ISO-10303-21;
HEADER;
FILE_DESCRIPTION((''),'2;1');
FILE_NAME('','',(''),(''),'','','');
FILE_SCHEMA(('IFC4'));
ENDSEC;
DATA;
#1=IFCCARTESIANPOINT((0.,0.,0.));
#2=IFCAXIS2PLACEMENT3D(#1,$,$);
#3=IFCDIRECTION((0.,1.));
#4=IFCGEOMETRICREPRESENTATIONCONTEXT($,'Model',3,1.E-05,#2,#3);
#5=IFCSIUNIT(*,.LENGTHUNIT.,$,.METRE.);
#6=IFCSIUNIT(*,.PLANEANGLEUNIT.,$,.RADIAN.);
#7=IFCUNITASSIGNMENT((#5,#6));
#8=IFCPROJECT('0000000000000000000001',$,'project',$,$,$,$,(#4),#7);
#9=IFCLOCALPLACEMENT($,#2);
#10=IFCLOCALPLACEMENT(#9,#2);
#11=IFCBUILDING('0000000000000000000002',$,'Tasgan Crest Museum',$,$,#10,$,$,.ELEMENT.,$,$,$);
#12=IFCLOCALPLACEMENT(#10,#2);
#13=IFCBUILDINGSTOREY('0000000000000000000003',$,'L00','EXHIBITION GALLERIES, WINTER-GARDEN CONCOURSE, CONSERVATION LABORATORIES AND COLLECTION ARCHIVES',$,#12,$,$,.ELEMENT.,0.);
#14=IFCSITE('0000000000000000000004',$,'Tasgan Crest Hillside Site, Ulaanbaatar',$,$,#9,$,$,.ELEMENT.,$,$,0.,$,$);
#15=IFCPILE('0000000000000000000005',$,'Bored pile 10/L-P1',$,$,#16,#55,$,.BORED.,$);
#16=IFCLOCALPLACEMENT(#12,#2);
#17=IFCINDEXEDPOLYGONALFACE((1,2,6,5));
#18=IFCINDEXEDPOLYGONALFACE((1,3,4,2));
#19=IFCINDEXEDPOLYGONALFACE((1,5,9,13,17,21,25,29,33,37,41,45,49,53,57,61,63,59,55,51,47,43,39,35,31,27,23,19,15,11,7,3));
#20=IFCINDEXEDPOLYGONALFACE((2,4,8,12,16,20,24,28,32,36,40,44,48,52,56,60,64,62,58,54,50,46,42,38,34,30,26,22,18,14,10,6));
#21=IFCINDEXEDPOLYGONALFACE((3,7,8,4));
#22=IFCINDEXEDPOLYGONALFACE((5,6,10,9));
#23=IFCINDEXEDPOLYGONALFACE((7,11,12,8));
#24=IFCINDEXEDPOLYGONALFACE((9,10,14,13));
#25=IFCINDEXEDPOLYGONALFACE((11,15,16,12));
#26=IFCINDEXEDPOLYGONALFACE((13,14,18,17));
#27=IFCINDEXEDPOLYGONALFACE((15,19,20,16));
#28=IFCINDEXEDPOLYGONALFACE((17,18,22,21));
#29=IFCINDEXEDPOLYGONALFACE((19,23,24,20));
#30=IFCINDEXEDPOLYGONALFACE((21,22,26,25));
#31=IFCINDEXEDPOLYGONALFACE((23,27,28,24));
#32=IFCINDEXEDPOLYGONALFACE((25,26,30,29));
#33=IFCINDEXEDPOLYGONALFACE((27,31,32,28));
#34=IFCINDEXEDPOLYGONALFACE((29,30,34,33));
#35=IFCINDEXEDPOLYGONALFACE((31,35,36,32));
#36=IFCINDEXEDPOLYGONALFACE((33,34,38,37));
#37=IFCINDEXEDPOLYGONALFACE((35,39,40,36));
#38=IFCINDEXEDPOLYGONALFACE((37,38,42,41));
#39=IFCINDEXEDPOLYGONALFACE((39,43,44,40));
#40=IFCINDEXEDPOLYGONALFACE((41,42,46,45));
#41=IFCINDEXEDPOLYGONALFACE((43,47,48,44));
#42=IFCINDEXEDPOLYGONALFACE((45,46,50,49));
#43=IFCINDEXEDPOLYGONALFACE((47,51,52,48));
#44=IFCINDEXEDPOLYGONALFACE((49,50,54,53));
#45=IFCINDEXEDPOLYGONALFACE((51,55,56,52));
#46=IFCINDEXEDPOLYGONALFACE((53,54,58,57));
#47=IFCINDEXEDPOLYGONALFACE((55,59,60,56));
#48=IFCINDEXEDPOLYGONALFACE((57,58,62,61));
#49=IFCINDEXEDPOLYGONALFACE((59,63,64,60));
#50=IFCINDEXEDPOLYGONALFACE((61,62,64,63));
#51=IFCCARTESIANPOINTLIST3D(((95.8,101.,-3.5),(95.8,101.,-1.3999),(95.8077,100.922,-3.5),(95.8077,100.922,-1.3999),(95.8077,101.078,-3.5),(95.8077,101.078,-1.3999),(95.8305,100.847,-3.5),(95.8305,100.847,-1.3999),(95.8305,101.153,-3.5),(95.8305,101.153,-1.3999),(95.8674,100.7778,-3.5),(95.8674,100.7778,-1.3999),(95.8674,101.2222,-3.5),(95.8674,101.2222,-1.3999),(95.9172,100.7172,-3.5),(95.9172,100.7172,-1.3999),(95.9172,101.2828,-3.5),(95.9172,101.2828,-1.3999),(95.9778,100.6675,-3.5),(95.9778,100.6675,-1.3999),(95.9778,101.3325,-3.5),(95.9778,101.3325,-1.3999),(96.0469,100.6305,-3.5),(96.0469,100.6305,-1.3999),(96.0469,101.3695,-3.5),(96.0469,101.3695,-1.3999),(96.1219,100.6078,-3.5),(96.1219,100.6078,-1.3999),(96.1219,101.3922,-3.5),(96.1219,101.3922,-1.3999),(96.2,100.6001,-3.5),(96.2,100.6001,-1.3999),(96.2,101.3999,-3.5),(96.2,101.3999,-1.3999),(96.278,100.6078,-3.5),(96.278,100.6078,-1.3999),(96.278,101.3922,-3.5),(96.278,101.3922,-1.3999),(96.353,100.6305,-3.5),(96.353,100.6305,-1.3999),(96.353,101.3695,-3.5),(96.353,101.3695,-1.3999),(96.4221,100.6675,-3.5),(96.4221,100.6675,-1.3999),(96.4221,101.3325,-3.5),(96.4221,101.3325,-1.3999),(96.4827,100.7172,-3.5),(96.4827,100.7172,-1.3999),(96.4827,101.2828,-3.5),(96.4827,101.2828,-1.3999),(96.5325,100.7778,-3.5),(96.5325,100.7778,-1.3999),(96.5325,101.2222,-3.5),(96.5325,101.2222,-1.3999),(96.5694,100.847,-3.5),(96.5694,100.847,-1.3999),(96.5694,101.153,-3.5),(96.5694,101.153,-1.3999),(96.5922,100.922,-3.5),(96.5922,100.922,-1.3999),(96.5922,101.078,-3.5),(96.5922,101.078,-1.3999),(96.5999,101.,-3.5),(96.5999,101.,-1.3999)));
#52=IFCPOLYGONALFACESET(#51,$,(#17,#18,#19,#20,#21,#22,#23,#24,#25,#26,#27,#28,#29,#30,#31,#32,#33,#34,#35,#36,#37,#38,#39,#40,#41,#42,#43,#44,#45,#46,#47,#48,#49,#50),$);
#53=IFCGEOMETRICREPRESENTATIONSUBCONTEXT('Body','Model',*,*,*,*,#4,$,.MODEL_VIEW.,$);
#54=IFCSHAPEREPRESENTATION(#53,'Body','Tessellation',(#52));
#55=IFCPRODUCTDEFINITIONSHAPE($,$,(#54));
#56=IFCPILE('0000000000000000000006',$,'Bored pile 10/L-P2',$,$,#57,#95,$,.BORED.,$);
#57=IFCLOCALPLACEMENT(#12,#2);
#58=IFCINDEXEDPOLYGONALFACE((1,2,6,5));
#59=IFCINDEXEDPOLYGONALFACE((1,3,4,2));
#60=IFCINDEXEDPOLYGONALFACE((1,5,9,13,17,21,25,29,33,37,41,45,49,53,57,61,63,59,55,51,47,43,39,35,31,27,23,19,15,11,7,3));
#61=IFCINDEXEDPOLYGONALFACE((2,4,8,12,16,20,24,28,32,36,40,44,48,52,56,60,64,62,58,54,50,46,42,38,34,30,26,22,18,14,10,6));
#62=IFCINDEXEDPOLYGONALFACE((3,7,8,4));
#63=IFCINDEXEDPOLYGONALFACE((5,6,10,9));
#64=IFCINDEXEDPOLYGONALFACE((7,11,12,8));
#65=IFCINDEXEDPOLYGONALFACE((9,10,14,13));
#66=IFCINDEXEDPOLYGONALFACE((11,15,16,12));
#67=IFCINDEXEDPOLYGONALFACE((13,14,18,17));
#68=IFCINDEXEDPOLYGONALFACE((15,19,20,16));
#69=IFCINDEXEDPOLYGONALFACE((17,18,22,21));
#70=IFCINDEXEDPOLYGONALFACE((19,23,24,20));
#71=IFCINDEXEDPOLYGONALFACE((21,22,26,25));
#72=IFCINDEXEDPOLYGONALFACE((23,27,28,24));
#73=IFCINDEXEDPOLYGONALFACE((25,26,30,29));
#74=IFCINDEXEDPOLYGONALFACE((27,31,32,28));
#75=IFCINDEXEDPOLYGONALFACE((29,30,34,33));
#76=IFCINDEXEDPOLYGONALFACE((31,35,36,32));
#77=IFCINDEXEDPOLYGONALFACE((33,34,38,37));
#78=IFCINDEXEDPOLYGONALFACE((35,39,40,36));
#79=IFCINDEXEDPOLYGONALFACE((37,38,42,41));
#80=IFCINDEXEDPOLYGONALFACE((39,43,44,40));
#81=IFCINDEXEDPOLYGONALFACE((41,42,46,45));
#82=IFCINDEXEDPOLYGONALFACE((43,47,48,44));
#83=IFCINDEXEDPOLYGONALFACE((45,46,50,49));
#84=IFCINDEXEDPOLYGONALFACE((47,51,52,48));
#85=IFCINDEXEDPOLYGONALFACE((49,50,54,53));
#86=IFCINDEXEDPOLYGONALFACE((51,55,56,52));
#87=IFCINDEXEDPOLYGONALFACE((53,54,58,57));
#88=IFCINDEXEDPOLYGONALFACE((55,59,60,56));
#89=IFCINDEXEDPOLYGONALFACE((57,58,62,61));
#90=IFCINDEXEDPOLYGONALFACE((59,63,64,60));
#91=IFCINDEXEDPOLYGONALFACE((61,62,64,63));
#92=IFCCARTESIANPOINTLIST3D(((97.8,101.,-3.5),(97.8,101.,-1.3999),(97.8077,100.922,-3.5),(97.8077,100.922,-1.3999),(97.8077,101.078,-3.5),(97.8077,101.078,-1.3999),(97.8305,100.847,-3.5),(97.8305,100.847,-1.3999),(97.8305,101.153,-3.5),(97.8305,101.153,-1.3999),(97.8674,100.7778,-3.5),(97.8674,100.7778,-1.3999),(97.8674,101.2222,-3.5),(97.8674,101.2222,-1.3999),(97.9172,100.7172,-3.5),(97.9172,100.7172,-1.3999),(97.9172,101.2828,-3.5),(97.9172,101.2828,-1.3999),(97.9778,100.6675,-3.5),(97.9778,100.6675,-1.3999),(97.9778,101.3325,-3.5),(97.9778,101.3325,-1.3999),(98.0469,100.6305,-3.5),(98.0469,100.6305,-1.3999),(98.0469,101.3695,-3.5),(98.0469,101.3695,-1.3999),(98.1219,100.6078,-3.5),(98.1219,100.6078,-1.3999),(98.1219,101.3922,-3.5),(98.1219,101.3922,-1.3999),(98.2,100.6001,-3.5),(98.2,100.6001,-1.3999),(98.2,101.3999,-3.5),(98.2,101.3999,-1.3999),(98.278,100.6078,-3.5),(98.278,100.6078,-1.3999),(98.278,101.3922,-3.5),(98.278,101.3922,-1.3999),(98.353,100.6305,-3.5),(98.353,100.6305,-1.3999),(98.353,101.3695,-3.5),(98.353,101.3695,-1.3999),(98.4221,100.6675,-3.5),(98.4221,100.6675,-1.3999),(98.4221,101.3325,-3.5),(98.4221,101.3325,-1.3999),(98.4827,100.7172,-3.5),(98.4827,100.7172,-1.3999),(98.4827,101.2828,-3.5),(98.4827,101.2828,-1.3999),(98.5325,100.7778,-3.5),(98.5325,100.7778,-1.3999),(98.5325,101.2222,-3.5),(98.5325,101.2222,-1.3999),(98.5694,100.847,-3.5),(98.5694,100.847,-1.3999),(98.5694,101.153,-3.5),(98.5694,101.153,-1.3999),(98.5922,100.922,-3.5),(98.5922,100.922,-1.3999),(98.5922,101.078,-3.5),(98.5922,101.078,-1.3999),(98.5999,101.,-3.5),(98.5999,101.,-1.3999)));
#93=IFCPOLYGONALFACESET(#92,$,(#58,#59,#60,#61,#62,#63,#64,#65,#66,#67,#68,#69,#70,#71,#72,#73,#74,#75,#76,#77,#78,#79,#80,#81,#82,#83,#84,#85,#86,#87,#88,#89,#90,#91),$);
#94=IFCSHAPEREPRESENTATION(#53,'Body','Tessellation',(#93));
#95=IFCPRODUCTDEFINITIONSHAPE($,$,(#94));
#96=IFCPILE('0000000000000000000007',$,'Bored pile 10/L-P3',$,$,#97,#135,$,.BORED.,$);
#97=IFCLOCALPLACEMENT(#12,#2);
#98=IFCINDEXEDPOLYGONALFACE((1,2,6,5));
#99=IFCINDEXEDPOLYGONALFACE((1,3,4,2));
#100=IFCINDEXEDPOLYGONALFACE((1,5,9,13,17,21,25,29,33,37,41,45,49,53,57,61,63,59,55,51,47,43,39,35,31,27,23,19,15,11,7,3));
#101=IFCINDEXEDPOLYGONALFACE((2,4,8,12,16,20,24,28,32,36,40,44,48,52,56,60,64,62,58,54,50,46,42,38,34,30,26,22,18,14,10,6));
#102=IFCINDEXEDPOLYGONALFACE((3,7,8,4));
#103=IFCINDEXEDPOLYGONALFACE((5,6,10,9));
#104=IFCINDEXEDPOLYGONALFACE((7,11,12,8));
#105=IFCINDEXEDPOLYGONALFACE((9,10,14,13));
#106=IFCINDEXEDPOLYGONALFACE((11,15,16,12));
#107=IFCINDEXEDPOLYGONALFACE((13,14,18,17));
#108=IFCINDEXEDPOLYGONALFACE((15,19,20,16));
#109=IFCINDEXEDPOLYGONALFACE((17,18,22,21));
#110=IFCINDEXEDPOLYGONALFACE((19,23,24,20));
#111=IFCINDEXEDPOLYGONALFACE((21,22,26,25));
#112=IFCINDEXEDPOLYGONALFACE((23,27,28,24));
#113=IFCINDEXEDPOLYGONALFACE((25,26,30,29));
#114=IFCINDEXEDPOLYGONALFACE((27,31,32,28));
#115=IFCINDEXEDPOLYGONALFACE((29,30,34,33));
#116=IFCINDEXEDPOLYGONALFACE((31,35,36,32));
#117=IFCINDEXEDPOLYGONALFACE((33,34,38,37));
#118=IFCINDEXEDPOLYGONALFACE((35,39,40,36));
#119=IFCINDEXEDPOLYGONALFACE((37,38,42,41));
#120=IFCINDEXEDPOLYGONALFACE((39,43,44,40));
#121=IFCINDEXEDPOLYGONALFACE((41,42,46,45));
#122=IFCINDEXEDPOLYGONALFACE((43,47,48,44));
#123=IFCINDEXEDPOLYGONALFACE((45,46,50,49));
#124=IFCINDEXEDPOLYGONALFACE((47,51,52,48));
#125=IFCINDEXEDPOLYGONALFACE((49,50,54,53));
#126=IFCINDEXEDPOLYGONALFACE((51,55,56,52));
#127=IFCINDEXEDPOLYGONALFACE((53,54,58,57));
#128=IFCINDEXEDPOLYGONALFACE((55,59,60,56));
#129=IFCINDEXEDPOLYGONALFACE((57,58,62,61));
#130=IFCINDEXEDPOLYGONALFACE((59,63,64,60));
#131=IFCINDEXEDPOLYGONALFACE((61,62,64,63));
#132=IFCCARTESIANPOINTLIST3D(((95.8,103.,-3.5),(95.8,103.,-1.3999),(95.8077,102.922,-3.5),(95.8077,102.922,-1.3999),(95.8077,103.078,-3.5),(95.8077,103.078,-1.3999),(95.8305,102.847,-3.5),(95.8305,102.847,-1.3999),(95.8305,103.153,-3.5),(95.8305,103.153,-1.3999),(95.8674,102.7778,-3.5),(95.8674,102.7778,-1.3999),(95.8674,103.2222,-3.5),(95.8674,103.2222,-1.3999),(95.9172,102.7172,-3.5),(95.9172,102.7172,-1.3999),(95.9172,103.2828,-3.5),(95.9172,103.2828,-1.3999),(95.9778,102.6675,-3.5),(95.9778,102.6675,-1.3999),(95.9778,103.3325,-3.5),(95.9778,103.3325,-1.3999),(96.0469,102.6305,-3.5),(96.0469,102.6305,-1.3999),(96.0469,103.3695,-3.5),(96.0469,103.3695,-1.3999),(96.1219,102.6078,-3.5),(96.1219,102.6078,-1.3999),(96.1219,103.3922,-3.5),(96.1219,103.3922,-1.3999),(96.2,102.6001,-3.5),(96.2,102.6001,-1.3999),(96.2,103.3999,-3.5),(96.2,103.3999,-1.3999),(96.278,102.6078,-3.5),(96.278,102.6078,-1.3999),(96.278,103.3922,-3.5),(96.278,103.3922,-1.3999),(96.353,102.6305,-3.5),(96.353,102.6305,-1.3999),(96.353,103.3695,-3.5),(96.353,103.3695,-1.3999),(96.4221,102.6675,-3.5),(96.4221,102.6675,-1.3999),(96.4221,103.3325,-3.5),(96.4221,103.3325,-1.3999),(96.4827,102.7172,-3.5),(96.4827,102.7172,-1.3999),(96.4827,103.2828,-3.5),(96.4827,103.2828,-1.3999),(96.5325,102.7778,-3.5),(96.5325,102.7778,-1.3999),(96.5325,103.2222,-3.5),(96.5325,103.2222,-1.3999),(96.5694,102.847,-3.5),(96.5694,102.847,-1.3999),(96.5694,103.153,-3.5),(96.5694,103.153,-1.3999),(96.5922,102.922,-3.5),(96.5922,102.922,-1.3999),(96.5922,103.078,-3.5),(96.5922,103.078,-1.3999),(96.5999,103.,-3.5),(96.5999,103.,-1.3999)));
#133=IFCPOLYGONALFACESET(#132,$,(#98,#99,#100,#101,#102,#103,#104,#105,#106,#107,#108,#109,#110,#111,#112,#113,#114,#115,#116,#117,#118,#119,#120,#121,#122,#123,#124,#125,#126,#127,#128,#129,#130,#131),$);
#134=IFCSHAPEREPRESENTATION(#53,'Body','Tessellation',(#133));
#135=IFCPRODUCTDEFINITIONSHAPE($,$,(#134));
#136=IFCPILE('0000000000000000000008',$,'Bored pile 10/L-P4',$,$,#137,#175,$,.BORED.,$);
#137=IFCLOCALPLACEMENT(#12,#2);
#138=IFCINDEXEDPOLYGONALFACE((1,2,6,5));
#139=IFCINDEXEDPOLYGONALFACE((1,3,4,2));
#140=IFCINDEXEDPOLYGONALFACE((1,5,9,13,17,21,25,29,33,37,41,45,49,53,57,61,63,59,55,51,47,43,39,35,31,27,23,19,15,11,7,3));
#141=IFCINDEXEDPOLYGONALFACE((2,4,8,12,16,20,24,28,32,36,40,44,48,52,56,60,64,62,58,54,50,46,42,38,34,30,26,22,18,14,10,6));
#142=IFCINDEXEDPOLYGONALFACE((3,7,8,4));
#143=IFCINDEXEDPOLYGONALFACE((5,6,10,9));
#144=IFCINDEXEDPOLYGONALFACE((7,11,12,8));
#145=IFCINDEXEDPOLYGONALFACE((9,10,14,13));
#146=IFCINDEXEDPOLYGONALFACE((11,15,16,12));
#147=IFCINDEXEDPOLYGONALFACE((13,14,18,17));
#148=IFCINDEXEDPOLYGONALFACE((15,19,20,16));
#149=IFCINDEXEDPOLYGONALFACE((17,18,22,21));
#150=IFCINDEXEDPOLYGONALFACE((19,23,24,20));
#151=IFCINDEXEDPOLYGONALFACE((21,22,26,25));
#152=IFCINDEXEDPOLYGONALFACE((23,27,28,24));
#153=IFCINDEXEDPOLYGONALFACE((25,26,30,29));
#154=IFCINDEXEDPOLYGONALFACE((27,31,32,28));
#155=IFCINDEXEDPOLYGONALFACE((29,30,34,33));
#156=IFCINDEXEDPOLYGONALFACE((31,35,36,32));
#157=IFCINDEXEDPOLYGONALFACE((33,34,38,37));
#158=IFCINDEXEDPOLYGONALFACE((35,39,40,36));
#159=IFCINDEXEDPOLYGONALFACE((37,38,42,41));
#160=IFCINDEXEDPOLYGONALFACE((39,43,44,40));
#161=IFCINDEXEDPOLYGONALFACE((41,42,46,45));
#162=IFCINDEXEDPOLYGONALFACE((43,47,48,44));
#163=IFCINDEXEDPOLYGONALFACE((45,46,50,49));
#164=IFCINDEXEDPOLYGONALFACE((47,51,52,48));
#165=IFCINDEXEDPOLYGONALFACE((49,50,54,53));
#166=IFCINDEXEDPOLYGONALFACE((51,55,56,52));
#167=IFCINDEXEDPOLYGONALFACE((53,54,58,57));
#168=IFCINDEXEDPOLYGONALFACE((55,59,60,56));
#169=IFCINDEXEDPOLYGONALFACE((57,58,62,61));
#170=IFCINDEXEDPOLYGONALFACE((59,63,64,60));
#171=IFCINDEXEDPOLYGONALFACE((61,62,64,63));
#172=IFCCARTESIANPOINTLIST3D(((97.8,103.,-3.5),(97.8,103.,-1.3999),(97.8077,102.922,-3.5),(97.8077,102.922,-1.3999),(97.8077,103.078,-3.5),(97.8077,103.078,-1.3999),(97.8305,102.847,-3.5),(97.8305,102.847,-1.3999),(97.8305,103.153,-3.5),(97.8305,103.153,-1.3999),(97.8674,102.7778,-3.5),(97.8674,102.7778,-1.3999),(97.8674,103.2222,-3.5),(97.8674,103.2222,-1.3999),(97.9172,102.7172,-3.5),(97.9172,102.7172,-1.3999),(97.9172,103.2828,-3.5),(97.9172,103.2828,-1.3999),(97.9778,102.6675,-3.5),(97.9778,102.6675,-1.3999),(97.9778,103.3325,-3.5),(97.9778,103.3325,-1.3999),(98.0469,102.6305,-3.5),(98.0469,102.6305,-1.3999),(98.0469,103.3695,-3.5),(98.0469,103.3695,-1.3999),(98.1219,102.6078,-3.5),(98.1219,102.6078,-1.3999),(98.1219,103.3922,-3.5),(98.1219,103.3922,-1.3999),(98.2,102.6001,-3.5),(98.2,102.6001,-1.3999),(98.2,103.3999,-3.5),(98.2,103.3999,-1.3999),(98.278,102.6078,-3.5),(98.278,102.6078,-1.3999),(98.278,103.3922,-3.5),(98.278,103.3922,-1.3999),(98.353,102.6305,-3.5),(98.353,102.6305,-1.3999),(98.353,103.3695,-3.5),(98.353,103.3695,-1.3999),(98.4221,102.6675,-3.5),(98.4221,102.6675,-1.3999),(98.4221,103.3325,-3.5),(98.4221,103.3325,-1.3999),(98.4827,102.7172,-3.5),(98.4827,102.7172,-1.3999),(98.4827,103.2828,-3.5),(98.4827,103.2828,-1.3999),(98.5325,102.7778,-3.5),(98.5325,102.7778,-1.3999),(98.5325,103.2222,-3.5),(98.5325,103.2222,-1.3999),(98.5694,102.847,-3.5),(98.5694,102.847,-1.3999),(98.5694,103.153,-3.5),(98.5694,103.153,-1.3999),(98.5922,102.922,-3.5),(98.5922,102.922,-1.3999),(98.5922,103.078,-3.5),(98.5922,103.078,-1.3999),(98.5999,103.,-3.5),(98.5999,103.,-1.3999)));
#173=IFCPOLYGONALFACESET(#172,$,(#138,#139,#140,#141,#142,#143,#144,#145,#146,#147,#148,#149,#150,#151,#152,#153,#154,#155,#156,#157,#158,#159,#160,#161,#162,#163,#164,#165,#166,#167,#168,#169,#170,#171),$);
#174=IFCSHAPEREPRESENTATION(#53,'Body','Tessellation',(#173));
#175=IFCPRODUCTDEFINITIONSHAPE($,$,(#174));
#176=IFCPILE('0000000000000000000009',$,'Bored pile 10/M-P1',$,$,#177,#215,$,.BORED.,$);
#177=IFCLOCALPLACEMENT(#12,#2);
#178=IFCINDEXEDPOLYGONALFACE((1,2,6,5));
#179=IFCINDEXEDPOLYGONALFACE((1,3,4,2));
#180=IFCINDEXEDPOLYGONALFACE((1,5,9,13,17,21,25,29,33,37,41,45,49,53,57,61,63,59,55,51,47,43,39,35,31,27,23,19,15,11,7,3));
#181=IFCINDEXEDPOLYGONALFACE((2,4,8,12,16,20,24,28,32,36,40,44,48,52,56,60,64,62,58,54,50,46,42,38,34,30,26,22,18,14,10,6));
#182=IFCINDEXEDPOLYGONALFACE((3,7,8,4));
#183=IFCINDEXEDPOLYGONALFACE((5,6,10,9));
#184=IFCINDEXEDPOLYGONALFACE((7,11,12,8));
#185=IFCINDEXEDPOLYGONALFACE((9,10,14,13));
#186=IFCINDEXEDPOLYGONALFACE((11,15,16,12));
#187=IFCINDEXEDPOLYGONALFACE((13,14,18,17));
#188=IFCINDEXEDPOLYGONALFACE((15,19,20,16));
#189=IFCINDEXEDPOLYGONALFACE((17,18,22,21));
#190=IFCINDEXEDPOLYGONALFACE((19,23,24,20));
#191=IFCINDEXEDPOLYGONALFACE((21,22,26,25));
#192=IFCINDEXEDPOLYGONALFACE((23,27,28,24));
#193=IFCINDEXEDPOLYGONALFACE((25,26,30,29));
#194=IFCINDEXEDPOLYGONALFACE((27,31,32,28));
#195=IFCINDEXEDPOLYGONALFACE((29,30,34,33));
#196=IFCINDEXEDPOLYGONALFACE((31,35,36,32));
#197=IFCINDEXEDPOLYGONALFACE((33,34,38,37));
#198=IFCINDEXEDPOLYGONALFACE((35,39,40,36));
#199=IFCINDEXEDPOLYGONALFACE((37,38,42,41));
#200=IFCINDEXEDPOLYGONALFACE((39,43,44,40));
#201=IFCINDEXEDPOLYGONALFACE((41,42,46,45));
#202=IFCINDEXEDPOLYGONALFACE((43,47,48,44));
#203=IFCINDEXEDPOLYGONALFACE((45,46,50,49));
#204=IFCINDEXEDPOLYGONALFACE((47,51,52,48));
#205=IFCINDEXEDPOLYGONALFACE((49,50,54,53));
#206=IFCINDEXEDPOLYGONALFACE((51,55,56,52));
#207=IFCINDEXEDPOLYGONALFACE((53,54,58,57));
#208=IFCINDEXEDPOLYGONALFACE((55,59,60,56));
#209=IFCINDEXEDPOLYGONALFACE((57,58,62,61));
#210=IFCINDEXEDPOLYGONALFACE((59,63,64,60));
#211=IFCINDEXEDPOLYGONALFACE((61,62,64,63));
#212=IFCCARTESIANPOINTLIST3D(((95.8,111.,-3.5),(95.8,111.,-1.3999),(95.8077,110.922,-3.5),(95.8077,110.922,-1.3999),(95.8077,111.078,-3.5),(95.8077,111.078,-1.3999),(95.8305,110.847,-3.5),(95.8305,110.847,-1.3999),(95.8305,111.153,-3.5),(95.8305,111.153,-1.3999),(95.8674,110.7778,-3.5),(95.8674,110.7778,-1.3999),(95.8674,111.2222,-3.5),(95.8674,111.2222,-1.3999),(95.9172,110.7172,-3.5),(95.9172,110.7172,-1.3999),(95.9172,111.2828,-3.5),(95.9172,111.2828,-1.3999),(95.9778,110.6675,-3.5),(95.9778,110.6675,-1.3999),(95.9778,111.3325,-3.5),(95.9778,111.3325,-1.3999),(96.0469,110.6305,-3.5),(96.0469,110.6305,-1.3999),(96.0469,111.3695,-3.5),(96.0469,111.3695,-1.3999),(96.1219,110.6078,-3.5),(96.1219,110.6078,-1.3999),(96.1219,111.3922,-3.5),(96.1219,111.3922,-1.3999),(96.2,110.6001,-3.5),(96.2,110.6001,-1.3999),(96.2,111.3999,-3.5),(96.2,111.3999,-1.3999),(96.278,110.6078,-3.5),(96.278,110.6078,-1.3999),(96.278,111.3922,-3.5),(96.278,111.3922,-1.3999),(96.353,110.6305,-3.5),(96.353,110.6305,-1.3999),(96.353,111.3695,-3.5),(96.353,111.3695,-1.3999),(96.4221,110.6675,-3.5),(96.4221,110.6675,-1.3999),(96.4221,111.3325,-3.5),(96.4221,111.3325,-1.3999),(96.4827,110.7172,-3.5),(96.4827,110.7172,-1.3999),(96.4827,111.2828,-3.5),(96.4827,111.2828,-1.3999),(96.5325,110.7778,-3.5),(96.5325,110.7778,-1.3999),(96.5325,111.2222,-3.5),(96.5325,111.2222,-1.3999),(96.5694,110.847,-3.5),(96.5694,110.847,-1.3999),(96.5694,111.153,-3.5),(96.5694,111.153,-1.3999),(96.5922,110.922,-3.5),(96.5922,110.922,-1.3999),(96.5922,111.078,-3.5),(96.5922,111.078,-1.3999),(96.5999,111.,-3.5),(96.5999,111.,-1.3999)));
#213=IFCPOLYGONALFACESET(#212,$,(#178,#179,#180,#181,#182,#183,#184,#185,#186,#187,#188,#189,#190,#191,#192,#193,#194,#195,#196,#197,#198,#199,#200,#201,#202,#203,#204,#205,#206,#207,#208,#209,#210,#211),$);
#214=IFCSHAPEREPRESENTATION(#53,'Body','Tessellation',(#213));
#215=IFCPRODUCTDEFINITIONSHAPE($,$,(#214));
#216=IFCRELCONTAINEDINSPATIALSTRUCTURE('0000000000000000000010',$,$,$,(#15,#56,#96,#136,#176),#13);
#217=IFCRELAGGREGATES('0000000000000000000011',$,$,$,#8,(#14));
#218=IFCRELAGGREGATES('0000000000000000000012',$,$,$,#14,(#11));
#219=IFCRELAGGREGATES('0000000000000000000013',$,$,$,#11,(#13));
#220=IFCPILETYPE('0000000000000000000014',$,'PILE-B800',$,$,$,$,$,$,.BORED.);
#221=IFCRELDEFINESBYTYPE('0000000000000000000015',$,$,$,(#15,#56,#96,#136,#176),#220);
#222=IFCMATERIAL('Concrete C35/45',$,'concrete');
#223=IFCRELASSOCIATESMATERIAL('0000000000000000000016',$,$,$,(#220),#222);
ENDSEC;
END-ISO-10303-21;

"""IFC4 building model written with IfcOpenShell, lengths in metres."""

from ifc_helpers import new_model, si_unit, direction, frame, origin, origin_2d, place, context, subcontext, project, spatial, circle, extrude, material, material_profile, profile_set, type_object, element, save


model = new_model("IFC4")

# Units and contexts
model_context = context("Model", 3, precision=1e-05, world=origin(), true_north=direction((0.0, 1.0)))
body_context = subcontext(model_context, "Body", "Model", "MODEL_VIEW")
ifc_project = project(units=[si_unit("LENGTHUNIT", "METRE"), si_unit("PLANEANGLEUNIT", "RADIAN")], contexts=[model_context])

# Site, building, storey
site_placement = place(None, origin())
site = spatial("IfcSite", under=ifc_project, at=site_placement, Name="Tasgan Crest Hillside Site, Ulaanbaatar", CompositionType="ELEMENT", RefElevation=0.0)
building_placement = place(site_placement, origin())
building = spatial("IfcBuilding", under=site, at=building_placement, Name="Tasgan Crest Museum", CompositionType="ELEMENT")
storey_placement = place(building_placement, origin())
storey = spatial("IfcBuildingStorey", under=building, at=storey_placement, Name="L00", Description="EXHIBITION GALLERIES, WINTER-GARDEN CONCOURSE, CONSERVATION LABORATORIES AND COLLECTION ARCHIVES", CompositionType="ELEMENT", Elevation=0.0)

# Piles
ifc_material_1 = material(Name="Concrete C35/45", Category="concrete")
ifc_material_profile_1 = material_profile(ifc_material_1, circle(Radius=0.3999, at=origin_2d()), Name="PILE D800")
ifc_profile_set_1 = profile_set([ifc_material_profile_1], Name="Concrete C35/45")
pile_type_1 = type_object("IfcPileType", Name="PILE-B800", PredefinedType="BORED", material=ifc_profile_set_1)
for number, where, z_axis, x_axis, name in (
    (1, (96.2, 101.0, -1.3999), (0.0, 0.0, -1.0), (1.0, 0.0, 0.0), "Bored pile 10/L-P1"),
    (2, (98.2, 101.0, -1.3999), (0.0, 0.0, -1.0), (1.0, 0.0, 0.0), "Bored pile 10/L-P2"),
    (3, (96.2, 103.0, -1.3999), (0.0, 0.0, -1.0), (1.0, 0.0, 0.0), "Bored pile 10/L-P3"),
    (4, (98.2, 103.0, -1.3999), (0.0, 0.0, -1.0), (1.0, 0.0, 0.0), "Bored pile 10/L-P4"),
    (5, (96.2, 111.0, -1.3999), (0.0, 0.0, -1.0), (1.0, 0.0, 0.0), "Bored pile 10/M-P1"),
):
    element("IfcPile", number, at=place(storey_placement, frame(where, z_axis=z_axis, x_axis=x_axis)), inside=storey, type_object=pile_type_1, Name=name, PredefinedType="BORED", context=body_context, shape_type="SweptSolid", body=[
        extrude(circle(Radius=0.3999, at=origin_2d()), origin(), (0.0, 0.0, 1.0), 2.1001),
    ])

save(model, "model.ifc")
